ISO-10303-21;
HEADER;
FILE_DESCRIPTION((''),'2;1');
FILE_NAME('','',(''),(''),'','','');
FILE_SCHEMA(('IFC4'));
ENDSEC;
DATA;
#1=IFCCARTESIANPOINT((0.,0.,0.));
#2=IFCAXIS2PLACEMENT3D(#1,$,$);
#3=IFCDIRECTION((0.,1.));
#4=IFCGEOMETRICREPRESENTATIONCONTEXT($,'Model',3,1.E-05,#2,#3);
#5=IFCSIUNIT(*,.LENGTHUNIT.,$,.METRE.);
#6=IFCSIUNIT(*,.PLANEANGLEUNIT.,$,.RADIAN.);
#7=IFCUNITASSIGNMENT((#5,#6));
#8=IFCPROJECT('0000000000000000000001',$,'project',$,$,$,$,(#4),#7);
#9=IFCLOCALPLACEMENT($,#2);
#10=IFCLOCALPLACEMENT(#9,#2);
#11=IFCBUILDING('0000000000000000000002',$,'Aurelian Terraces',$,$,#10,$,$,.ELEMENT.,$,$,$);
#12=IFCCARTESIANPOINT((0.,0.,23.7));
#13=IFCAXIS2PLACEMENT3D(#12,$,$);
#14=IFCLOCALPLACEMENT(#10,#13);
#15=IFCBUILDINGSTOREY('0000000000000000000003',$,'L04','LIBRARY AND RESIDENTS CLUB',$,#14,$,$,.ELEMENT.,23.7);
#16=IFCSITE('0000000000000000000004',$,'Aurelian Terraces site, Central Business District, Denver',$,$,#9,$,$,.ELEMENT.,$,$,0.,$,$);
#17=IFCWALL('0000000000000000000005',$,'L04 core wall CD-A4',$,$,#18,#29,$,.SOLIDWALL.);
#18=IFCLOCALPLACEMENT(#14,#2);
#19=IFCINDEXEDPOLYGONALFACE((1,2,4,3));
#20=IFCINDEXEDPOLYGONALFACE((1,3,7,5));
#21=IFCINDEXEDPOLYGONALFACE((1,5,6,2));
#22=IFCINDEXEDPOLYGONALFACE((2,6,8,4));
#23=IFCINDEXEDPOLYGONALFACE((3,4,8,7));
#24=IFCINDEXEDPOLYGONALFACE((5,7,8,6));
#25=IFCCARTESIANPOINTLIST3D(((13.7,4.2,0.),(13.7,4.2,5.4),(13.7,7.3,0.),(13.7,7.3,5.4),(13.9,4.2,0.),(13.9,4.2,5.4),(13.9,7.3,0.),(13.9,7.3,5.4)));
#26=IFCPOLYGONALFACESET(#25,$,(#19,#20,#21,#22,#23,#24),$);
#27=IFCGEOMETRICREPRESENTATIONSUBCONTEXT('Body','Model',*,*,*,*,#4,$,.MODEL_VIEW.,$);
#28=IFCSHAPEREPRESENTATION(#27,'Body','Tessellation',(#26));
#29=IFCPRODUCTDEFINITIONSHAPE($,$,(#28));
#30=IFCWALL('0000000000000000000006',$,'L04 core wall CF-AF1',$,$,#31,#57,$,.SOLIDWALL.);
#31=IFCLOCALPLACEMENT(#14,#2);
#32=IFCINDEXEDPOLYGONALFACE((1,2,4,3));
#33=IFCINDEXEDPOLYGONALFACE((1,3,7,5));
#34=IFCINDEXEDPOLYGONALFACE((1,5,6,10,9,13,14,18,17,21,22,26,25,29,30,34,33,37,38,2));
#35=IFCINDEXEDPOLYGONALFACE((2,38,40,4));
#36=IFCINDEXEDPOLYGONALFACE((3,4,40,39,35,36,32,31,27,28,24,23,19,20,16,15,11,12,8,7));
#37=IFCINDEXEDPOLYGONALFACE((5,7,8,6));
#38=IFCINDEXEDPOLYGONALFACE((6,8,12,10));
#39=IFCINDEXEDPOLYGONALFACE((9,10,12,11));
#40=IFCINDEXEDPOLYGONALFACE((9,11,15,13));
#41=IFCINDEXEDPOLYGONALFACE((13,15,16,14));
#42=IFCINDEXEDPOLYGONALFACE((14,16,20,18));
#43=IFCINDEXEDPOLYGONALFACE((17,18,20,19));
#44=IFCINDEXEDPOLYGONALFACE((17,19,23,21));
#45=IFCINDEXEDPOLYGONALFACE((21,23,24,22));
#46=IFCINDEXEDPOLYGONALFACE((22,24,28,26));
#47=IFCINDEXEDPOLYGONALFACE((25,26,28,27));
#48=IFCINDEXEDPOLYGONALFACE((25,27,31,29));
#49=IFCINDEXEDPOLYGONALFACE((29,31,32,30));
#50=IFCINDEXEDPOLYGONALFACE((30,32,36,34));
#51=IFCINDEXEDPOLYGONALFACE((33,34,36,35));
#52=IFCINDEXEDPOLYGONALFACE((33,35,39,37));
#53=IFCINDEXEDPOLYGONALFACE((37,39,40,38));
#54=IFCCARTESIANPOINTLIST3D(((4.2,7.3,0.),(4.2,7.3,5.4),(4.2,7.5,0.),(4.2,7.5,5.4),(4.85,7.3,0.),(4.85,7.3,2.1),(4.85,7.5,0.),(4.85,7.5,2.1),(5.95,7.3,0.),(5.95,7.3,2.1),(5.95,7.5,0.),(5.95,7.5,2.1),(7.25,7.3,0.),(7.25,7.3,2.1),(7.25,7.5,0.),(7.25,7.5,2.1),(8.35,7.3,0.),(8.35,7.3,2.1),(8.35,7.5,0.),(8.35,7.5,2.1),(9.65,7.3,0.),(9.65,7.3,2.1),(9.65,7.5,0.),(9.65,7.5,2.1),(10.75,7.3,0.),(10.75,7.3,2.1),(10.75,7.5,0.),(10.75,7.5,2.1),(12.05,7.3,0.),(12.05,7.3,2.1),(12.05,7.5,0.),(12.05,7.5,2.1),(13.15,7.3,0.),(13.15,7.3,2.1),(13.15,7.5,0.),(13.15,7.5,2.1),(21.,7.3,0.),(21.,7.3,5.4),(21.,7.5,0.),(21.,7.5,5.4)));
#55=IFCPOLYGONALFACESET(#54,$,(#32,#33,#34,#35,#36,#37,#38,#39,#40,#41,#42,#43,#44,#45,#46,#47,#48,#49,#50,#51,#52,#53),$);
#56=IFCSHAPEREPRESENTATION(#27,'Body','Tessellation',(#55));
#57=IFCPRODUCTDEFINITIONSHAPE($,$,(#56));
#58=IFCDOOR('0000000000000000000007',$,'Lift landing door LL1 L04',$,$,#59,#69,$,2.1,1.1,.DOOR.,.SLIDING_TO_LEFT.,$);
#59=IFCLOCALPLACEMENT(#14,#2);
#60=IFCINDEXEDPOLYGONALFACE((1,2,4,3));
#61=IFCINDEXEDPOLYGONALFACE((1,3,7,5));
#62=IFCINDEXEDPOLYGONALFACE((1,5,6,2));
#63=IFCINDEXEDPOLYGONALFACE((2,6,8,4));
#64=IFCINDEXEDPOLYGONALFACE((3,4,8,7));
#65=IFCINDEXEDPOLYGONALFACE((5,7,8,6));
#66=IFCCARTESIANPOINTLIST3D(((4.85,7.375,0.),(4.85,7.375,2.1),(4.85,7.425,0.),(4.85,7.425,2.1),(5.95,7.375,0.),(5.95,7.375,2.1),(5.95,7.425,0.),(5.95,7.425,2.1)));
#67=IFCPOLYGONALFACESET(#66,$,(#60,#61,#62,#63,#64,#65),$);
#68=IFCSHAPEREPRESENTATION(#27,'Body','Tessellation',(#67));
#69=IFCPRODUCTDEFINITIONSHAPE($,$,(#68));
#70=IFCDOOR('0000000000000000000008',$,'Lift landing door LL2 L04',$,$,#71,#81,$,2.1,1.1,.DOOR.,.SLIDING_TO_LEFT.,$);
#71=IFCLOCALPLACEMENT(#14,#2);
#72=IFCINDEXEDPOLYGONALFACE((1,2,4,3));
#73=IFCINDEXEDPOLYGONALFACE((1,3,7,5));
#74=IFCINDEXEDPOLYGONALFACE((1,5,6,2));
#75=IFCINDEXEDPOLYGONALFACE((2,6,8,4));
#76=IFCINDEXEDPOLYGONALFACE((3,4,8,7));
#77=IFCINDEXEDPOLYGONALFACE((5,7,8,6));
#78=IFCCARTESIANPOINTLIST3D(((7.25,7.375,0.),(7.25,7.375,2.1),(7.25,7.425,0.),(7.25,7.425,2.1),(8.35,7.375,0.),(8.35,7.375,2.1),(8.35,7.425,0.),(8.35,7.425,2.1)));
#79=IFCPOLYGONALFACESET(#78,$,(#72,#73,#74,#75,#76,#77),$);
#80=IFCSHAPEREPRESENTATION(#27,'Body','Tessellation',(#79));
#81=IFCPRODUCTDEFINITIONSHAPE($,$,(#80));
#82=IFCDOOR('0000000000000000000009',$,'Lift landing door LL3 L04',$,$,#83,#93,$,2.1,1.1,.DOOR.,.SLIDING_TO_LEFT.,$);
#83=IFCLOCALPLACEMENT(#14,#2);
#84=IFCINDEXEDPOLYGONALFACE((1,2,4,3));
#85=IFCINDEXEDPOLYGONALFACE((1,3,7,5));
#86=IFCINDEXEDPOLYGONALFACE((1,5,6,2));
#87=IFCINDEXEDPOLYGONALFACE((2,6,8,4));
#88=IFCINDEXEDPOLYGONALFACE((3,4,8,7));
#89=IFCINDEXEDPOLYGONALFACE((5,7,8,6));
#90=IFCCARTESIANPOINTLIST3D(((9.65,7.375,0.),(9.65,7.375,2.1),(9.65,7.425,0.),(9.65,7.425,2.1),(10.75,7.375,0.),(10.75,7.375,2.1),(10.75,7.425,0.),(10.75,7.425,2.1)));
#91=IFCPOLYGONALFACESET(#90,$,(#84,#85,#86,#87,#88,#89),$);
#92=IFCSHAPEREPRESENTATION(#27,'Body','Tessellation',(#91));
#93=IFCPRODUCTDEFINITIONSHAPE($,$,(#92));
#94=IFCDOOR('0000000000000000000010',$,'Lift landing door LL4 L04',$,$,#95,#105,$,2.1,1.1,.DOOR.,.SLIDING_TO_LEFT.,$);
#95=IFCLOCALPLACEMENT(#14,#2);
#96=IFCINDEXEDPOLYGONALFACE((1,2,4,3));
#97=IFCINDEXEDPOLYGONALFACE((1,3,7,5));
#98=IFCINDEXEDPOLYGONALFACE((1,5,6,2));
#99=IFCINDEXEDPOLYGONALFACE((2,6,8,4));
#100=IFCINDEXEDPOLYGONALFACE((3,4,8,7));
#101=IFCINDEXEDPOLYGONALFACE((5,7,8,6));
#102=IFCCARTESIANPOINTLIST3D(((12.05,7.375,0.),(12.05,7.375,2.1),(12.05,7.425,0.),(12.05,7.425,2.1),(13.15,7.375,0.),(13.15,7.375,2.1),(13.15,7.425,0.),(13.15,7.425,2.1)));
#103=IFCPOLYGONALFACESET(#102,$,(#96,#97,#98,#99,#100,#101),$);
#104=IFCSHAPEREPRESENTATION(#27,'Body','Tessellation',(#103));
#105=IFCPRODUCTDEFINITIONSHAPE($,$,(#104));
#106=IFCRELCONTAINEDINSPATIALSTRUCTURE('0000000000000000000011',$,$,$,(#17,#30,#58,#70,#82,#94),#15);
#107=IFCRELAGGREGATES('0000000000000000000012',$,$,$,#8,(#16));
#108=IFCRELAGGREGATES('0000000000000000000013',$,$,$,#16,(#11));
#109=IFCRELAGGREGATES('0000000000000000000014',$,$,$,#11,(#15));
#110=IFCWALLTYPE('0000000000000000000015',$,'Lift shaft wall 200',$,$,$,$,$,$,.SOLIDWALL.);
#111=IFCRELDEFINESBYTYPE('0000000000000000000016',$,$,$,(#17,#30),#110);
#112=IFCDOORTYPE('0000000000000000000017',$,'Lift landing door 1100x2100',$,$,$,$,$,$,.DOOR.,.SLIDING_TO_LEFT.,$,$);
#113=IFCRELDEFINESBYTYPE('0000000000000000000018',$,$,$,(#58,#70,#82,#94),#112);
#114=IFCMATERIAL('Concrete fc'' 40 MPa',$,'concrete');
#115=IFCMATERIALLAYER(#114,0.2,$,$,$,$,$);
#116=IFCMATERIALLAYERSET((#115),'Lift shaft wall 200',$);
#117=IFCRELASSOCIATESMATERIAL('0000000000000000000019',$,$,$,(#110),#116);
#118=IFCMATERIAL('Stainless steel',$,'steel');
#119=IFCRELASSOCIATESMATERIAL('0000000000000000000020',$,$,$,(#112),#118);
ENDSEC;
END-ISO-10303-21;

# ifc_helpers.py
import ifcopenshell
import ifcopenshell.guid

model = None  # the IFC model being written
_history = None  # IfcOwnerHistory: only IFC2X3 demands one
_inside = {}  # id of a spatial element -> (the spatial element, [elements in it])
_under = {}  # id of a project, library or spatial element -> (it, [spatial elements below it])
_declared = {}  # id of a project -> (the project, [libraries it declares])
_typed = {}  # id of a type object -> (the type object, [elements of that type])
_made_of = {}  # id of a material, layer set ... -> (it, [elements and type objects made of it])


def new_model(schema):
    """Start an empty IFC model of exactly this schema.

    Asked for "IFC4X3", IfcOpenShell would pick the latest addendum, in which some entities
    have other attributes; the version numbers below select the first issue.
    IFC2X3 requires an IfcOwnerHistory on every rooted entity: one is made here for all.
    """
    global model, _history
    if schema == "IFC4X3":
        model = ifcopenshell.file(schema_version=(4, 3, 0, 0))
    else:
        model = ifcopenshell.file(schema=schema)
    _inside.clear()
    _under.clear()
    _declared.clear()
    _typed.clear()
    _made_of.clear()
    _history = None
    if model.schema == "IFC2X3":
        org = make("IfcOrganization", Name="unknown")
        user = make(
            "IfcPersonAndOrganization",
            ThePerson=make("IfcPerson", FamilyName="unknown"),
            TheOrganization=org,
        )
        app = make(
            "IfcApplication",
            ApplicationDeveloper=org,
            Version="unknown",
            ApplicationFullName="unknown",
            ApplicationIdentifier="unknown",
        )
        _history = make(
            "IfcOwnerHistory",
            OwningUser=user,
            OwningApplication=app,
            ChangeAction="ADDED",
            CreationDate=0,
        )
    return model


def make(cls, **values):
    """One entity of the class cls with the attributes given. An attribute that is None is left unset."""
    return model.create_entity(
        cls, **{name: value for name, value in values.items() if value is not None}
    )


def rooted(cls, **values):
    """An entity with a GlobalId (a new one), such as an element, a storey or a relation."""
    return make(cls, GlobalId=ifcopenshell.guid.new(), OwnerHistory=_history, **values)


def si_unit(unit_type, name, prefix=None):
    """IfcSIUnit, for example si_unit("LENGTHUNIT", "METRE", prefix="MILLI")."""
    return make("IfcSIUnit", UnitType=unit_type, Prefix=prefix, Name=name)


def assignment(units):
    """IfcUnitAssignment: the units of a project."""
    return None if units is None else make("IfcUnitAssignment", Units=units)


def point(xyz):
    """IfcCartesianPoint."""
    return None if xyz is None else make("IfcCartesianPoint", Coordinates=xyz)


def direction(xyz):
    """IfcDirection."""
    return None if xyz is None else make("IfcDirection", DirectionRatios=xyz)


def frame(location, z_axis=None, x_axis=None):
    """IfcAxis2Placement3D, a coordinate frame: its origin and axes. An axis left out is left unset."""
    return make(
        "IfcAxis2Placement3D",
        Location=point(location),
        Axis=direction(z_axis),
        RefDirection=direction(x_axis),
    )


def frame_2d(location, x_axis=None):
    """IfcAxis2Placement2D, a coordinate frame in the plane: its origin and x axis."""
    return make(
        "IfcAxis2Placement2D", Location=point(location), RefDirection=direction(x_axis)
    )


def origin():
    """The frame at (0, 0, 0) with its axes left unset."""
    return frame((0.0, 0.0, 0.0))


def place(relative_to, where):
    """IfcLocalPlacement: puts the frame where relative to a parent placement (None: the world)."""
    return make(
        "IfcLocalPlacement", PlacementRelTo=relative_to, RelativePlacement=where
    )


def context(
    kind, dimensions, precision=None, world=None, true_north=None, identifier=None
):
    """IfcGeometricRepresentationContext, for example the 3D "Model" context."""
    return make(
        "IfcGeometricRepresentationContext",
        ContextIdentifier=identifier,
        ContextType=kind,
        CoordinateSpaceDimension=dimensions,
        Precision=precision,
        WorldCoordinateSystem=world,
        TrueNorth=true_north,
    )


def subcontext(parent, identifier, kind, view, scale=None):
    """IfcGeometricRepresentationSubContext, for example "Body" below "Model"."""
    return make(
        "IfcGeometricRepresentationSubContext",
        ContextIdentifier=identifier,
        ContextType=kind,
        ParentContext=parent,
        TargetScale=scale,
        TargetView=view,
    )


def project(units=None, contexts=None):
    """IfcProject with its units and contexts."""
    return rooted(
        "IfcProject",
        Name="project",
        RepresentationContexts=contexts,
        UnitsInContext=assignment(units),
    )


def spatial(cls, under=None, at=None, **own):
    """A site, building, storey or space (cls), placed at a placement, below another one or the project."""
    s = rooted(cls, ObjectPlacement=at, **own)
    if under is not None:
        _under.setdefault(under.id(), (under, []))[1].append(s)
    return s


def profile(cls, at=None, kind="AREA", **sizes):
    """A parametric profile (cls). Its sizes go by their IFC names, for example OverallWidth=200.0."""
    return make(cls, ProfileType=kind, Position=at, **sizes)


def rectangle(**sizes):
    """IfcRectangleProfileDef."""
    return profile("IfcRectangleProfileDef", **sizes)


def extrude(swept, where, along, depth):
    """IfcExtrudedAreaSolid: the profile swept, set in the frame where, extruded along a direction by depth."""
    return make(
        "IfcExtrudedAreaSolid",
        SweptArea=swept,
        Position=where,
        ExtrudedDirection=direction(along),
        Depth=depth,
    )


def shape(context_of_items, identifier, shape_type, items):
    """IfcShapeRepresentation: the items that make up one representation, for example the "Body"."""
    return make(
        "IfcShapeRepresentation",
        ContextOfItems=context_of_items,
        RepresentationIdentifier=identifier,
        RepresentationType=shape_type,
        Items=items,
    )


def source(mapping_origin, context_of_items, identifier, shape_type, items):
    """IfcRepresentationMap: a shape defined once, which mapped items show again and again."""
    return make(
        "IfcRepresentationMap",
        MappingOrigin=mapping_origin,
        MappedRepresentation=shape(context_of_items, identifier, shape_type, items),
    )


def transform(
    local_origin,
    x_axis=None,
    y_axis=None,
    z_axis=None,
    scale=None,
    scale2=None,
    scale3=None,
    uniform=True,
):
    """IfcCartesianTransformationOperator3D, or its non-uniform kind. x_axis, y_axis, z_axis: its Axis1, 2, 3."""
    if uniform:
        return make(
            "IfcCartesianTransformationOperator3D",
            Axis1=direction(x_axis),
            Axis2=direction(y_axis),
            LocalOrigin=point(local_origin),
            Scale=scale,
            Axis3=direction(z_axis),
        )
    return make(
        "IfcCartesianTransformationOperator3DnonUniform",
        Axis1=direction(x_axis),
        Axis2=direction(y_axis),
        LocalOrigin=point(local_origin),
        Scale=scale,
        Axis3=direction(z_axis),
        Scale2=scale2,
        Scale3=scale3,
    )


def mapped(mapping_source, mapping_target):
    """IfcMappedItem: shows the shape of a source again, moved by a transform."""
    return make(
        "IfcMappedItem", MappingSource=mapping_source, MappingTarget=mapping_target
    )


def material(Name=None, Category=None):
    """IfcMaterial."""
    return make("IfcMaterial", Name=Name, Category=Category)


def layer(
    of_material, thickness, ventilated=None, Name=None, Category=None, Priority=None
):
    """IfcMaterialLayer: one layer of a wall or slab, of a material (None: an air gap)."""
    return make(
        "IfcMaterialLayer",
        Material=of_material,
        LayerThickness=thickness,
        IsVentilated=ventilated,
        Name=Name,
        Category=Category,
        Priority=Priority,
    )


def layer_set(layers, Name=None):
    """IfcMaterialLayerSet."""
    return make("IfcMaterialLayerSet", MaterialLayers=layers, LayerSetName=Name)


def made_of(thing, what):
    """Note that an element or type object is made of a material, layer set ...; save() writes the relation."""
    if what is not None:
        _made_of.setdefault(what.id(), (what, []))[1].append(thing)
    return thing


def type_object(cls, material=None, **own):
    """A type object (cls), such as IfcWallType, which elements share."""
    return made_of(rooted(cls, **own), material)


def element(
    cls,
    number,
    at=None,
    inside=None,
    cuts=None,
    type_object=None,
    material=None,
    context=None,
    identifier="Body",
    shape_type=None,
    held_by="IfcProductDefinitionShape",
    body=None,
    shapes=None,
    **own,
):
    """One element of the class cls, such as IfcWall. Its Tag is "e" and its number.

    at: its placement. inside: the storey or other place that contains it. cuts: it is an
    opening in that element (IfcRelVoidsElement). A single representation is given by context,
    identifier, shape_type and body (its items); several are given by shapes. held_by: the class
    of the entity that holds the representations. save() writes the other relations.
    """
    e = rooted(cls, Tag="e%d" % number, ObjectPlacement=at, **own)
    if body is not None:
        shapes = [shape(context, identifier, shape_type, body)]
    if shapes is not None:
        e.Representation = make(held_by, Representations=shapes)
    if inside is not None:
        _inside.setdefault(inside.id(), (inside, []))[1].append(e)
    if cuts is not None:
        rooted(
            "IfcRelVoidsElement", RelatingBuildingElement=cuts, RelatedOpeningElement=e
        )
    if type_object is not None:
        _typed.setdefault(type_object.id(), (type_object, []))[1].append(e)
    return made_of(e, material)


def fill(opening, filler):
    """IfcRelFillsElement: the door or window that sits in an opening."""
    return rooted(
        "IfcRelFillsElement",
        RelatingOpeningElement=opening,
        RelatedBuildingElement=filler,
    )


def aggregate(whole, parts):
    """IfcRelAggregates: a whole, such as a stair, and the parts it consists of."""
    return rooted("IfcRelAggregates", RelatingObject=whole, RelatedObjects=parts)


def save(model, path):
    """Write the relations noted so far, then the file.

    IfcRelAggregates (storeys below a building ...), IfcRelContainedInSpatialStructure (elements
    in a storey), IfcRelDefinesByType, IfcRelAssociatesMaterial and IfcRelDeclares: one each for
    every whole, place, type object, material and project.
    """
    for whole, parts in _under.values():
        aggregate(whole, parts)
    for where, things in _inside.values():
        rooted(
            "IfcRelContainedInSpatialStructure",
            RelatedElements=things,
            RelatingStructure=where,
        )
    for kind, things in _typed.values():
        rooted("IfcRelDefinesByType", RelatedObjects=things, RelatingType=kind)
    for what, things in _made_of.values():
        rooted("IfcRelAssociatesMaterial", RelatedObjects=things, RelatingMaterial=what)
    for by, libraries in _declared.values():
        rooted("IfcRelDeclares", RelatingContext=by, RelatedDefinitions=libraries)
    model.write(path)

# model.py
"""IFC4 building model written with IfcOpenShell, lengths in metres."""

from ifc_helpers import new_model, si_unit, direction, frame, frame_2d, origin, place, context, subcontext, project, spatial, rectangle, extrude, source, transform, mapped, material, layer, layer_set, type_object, element, fill, save


model = new_model("IFC4")

# Units and contexts
model_context = context("Model", 3, precision=1e-05, world=origin(), true_north=direction((0.0, 1.0)))
body_context = subcontext(model_context, "Body", "Model", "MODEL_VIEW")
ifc_project = project(units=[si_unit("LENGTHUNIT", "METRE"), si_unit("PLANEANGLEUNIT", "RADIAN")], contexts=[model_context])

# Site, building, storey
site_placement = place(None, origin())
site = spatial("IfcSite", under=ifc_project, at=site_placement, Name="Aurelian Terraces site, Central Business District, Denver", CompositionType="ELEMENT", RefElevation=0.0)
building_placement = place(site_placement, origin())
building = spatial("IfcBuilding", under=site, at=building_placement, Name="Aurelian Terraces", CompositionType="ELEMENT")
storey_placement = place(building_placement, frame((0.0, 0.0, 23.7)))
storey = spatial("IfcBuildingStorey", under=building, at=storey_placement, Name="L04", Description="LIBRARY AND RESIDENTS CLUB", CompositionType="ELEMENT", Elevation=23.7)

# Wall
ifc_material_1 = material(Name="Concrete fc' 40 MPa", Category="concrete")
ifc_layer_1 = layer(ifc_material_1, 0.2)
ifc_layer_set_1 = layer_set([ifc_layer_1], Name="Lift shaft wall 200")
wall_type_1 = type_object("IfcWallType", Name="Lift shaft wall 200", PredefinedType="SOLIDWALL", material=ifc_layer_set_1)
shared_shape_1 = source(origin(), body_context, "Body", "SweptSolid", [
    extrude(rectangle(XDim=3.1, YDim=0.2, at=frame_2d((1.55, 0.0))), origin(), (0.0, 0.0, 1.0), 5.4),
])
for number, where, z_axis, x_axis, name in (
    (1, (13.8, 4.2, 0.0), (0.0, 0.0, 1.0), (0.0, 1.0, 0.0), "L04 core wall CD-A4"),
):
    element("IfcWall", number, at=place(storey_placement, frame(where, z_axis=z_axis, x_axis=x_axis)), inside=storey, type_object=wall_type_1, Name=name, PredefinedType="SOLIDWALL", context=body_context, shape_type="MappedRepresentation", body=[
        mapped(shared_shape_1, transform((0.0, 0.0, 0.0), scale=1.0)),
    ])

# Wall, openings, doors
shared_shape_2 = source(origin(), body_context, "Body", "SweptSolid", [
    extrude(rectangle(XDim=16.8, YDim=0.2, at=frame_2d((8.4, 0.0))), origin(), (0.0, 0.0, 1.0), 5.4),
])
wall_1_placement = place(storey_placement, frame((4.2, 7.4, 0.0), z_axis=(0.0, 0.0, 1.0), x_axis=(1.0, 0.0, 0.0)))
wall_1 = element("IfcWall", 2, at=wall_1_placement, inside=storey, type_object=wall_type_1, Name="L04 core wall CF-AF1", PredefinedType="SOLIDWALL", context=body_context, shape_type="MappedRepresentation", body=[
    mapped(shared_shape_2, transform((0.0, 0.0, 0.0), scale=1.0)),
])
shared_shape_3 = source(origin(), body_context, "Body", "SweptSolid", [
    extrude(rectangle(XDim=1.1, YDim=2.1, at=frame_2d((0.55, 1.05))), frame((0.0, 0.11, 0.0), z_axis=(0.0, -1.0, 0.0), x_axis=(1.0, 0.0, 0.0)), (0.0, 0.0, 1.0), 0.22),
])
opening_1_placement = place(wall_1_placement, frame((0.65, 0.0, 0.0)))
opening_1 = element("IfcOpeningElement", 3, at=opening_1_placement, cuts=wall_1, PredefinedType="OPENING", context=body_context, shape_type="MappedRepresentation", body=[
    mapped(shared_shape_3, transform((0.0, 0.0, 0.0), scale=1.0)),
])
opening_2_placement = place(wall_1_placement, frame((3.05, 0.0, 0.0)))
opening_2 = element("IfcOpeningElement", 4, at=opening_2_placement, cuts=wall_1, PredefinedType="OPENING", context=body_context, shape_type="MappedRepresentation", body=[
    mapped(shared_shape_3, transform((0.0, 0.0, 0.0), scale=1.0)),
])
opening_3_placement = place(wall_1_placement, frame((5.45, 0.0, 0.0)))
opening_3 = element("IfcOpeningElement", 5, at=opening_3_placement, cuts=wall_1, PredefinedType="OPENING", context=body_context, shape_type="MappedRepresentation", body=[
    mapped(shared_shape_3, transform((0.0, 0.0, 0.0), scale=1.0)),
])
opening_4_placement = place(wall_1_placement, frame((7.85, 0.0, 0.0)))
opening_4 = element("IfcOpeningElement", 6, at=opening_4_placement, cuts=wall_1, PredefinedType="OPENING", context=body_context, shape_type="MappedRepresentation", body=[
    mapped(shared_shape_3, transform((0.0, 0.0, 0.0), scale=1.0)),
])
ifc_material_2 = material(Name="Stainless steel", Category="steel")
door_type = type_object("IfcDoorType", Name="Lift landing door 1100x2100", OperationType="SLIDING_TO_LEFT", PredefinedType="DOOR", material=ifc_material_2)
shared_shape_4 = source(origin(), body_context, "Body", "SweptSolid", [
    extrude(rectangle(XDim=1.1, YDim=2.1, at=frame_2d((0.55, 1.05))), frame((0.0, 0.025, 0.0), z_axis=(0.0, -1.0, 0.0), x_axis=(1.0, 0.0, 0.0)), (0.0, 0.0, 1.0), 0.05),
])
door_1_placement = place(opening_1_placement, origin())
door_1 = element("IfcDoor", 7, at=door_1_placement, inside=storey, type_object=door_type, Name="Lift landing door LL1 L04", OperationType="SLIDING_TO_LEFT", OverallHeight=2.1, OverallWidth=1.1, PredefinedType="DOOR", context=body_context, shape_type="MappedRepresentation", body=[
    mapped(shared_shape_4, transform((0.0, 0.0, 0.0), scale=1.0)),
])
fill(opening_1, door_1)
door_2_placement = place(opening_2_placement, origin())
door_2 = element("IfcDoor", 8, at=door_2_placement, inside=storey, type_object=door_type, Name="Lift landing door LL2 L04", OperationType="SLIDING_TO_LEFT", OverallHeight=2.1, OverallWidth=1.1, PredefinedType="DOOR", context=body_context, shape_type="MappedRepresentation", body=[
    mapped(shared_shape_4, transform((0.0, 0.0, 0.0), scale=1.0)),
])
fill(opening_2, door_2)
door_3_placement = place(opening_3_placement, origin())
door_3 = element("IfcDoor", 9, at=door_3_placement, inside=storey, type_object=door_type, Name="Lift landing door LL3 L04", OperationType="SLIDING_TO_LEFT", OverallHeight=2.1, OverallWidth=1.1, PredefinedType="DOOR", context=body_context, shape_type="MappedRepresentation", body=[
    mapped(shared_shape_4, transform((0.0, 0.0, 0.0), scale=1.0)),
])
fill(opening_3, door_3)
door_4_placement = place(opening_4_placement, origin())
door_4 = element("IfcDoor", 10, at=door_4_placement, inside=storey, type_object=door_type, Name="Lift landing door LL4 L04", OperationType="SLIDING_TO_LEFT", OverallHeight=2.1, OverallWidth=1.1, PredefinedType="DOOR", context=body_context, shape_type="MappedRepresentation", body=[
    mapped(shared_shape_4, transform((0.0, 0.0, 0.0), scale=1.0)),
])
fill(opening_4, door_4)

save(model, "model.ifc")
